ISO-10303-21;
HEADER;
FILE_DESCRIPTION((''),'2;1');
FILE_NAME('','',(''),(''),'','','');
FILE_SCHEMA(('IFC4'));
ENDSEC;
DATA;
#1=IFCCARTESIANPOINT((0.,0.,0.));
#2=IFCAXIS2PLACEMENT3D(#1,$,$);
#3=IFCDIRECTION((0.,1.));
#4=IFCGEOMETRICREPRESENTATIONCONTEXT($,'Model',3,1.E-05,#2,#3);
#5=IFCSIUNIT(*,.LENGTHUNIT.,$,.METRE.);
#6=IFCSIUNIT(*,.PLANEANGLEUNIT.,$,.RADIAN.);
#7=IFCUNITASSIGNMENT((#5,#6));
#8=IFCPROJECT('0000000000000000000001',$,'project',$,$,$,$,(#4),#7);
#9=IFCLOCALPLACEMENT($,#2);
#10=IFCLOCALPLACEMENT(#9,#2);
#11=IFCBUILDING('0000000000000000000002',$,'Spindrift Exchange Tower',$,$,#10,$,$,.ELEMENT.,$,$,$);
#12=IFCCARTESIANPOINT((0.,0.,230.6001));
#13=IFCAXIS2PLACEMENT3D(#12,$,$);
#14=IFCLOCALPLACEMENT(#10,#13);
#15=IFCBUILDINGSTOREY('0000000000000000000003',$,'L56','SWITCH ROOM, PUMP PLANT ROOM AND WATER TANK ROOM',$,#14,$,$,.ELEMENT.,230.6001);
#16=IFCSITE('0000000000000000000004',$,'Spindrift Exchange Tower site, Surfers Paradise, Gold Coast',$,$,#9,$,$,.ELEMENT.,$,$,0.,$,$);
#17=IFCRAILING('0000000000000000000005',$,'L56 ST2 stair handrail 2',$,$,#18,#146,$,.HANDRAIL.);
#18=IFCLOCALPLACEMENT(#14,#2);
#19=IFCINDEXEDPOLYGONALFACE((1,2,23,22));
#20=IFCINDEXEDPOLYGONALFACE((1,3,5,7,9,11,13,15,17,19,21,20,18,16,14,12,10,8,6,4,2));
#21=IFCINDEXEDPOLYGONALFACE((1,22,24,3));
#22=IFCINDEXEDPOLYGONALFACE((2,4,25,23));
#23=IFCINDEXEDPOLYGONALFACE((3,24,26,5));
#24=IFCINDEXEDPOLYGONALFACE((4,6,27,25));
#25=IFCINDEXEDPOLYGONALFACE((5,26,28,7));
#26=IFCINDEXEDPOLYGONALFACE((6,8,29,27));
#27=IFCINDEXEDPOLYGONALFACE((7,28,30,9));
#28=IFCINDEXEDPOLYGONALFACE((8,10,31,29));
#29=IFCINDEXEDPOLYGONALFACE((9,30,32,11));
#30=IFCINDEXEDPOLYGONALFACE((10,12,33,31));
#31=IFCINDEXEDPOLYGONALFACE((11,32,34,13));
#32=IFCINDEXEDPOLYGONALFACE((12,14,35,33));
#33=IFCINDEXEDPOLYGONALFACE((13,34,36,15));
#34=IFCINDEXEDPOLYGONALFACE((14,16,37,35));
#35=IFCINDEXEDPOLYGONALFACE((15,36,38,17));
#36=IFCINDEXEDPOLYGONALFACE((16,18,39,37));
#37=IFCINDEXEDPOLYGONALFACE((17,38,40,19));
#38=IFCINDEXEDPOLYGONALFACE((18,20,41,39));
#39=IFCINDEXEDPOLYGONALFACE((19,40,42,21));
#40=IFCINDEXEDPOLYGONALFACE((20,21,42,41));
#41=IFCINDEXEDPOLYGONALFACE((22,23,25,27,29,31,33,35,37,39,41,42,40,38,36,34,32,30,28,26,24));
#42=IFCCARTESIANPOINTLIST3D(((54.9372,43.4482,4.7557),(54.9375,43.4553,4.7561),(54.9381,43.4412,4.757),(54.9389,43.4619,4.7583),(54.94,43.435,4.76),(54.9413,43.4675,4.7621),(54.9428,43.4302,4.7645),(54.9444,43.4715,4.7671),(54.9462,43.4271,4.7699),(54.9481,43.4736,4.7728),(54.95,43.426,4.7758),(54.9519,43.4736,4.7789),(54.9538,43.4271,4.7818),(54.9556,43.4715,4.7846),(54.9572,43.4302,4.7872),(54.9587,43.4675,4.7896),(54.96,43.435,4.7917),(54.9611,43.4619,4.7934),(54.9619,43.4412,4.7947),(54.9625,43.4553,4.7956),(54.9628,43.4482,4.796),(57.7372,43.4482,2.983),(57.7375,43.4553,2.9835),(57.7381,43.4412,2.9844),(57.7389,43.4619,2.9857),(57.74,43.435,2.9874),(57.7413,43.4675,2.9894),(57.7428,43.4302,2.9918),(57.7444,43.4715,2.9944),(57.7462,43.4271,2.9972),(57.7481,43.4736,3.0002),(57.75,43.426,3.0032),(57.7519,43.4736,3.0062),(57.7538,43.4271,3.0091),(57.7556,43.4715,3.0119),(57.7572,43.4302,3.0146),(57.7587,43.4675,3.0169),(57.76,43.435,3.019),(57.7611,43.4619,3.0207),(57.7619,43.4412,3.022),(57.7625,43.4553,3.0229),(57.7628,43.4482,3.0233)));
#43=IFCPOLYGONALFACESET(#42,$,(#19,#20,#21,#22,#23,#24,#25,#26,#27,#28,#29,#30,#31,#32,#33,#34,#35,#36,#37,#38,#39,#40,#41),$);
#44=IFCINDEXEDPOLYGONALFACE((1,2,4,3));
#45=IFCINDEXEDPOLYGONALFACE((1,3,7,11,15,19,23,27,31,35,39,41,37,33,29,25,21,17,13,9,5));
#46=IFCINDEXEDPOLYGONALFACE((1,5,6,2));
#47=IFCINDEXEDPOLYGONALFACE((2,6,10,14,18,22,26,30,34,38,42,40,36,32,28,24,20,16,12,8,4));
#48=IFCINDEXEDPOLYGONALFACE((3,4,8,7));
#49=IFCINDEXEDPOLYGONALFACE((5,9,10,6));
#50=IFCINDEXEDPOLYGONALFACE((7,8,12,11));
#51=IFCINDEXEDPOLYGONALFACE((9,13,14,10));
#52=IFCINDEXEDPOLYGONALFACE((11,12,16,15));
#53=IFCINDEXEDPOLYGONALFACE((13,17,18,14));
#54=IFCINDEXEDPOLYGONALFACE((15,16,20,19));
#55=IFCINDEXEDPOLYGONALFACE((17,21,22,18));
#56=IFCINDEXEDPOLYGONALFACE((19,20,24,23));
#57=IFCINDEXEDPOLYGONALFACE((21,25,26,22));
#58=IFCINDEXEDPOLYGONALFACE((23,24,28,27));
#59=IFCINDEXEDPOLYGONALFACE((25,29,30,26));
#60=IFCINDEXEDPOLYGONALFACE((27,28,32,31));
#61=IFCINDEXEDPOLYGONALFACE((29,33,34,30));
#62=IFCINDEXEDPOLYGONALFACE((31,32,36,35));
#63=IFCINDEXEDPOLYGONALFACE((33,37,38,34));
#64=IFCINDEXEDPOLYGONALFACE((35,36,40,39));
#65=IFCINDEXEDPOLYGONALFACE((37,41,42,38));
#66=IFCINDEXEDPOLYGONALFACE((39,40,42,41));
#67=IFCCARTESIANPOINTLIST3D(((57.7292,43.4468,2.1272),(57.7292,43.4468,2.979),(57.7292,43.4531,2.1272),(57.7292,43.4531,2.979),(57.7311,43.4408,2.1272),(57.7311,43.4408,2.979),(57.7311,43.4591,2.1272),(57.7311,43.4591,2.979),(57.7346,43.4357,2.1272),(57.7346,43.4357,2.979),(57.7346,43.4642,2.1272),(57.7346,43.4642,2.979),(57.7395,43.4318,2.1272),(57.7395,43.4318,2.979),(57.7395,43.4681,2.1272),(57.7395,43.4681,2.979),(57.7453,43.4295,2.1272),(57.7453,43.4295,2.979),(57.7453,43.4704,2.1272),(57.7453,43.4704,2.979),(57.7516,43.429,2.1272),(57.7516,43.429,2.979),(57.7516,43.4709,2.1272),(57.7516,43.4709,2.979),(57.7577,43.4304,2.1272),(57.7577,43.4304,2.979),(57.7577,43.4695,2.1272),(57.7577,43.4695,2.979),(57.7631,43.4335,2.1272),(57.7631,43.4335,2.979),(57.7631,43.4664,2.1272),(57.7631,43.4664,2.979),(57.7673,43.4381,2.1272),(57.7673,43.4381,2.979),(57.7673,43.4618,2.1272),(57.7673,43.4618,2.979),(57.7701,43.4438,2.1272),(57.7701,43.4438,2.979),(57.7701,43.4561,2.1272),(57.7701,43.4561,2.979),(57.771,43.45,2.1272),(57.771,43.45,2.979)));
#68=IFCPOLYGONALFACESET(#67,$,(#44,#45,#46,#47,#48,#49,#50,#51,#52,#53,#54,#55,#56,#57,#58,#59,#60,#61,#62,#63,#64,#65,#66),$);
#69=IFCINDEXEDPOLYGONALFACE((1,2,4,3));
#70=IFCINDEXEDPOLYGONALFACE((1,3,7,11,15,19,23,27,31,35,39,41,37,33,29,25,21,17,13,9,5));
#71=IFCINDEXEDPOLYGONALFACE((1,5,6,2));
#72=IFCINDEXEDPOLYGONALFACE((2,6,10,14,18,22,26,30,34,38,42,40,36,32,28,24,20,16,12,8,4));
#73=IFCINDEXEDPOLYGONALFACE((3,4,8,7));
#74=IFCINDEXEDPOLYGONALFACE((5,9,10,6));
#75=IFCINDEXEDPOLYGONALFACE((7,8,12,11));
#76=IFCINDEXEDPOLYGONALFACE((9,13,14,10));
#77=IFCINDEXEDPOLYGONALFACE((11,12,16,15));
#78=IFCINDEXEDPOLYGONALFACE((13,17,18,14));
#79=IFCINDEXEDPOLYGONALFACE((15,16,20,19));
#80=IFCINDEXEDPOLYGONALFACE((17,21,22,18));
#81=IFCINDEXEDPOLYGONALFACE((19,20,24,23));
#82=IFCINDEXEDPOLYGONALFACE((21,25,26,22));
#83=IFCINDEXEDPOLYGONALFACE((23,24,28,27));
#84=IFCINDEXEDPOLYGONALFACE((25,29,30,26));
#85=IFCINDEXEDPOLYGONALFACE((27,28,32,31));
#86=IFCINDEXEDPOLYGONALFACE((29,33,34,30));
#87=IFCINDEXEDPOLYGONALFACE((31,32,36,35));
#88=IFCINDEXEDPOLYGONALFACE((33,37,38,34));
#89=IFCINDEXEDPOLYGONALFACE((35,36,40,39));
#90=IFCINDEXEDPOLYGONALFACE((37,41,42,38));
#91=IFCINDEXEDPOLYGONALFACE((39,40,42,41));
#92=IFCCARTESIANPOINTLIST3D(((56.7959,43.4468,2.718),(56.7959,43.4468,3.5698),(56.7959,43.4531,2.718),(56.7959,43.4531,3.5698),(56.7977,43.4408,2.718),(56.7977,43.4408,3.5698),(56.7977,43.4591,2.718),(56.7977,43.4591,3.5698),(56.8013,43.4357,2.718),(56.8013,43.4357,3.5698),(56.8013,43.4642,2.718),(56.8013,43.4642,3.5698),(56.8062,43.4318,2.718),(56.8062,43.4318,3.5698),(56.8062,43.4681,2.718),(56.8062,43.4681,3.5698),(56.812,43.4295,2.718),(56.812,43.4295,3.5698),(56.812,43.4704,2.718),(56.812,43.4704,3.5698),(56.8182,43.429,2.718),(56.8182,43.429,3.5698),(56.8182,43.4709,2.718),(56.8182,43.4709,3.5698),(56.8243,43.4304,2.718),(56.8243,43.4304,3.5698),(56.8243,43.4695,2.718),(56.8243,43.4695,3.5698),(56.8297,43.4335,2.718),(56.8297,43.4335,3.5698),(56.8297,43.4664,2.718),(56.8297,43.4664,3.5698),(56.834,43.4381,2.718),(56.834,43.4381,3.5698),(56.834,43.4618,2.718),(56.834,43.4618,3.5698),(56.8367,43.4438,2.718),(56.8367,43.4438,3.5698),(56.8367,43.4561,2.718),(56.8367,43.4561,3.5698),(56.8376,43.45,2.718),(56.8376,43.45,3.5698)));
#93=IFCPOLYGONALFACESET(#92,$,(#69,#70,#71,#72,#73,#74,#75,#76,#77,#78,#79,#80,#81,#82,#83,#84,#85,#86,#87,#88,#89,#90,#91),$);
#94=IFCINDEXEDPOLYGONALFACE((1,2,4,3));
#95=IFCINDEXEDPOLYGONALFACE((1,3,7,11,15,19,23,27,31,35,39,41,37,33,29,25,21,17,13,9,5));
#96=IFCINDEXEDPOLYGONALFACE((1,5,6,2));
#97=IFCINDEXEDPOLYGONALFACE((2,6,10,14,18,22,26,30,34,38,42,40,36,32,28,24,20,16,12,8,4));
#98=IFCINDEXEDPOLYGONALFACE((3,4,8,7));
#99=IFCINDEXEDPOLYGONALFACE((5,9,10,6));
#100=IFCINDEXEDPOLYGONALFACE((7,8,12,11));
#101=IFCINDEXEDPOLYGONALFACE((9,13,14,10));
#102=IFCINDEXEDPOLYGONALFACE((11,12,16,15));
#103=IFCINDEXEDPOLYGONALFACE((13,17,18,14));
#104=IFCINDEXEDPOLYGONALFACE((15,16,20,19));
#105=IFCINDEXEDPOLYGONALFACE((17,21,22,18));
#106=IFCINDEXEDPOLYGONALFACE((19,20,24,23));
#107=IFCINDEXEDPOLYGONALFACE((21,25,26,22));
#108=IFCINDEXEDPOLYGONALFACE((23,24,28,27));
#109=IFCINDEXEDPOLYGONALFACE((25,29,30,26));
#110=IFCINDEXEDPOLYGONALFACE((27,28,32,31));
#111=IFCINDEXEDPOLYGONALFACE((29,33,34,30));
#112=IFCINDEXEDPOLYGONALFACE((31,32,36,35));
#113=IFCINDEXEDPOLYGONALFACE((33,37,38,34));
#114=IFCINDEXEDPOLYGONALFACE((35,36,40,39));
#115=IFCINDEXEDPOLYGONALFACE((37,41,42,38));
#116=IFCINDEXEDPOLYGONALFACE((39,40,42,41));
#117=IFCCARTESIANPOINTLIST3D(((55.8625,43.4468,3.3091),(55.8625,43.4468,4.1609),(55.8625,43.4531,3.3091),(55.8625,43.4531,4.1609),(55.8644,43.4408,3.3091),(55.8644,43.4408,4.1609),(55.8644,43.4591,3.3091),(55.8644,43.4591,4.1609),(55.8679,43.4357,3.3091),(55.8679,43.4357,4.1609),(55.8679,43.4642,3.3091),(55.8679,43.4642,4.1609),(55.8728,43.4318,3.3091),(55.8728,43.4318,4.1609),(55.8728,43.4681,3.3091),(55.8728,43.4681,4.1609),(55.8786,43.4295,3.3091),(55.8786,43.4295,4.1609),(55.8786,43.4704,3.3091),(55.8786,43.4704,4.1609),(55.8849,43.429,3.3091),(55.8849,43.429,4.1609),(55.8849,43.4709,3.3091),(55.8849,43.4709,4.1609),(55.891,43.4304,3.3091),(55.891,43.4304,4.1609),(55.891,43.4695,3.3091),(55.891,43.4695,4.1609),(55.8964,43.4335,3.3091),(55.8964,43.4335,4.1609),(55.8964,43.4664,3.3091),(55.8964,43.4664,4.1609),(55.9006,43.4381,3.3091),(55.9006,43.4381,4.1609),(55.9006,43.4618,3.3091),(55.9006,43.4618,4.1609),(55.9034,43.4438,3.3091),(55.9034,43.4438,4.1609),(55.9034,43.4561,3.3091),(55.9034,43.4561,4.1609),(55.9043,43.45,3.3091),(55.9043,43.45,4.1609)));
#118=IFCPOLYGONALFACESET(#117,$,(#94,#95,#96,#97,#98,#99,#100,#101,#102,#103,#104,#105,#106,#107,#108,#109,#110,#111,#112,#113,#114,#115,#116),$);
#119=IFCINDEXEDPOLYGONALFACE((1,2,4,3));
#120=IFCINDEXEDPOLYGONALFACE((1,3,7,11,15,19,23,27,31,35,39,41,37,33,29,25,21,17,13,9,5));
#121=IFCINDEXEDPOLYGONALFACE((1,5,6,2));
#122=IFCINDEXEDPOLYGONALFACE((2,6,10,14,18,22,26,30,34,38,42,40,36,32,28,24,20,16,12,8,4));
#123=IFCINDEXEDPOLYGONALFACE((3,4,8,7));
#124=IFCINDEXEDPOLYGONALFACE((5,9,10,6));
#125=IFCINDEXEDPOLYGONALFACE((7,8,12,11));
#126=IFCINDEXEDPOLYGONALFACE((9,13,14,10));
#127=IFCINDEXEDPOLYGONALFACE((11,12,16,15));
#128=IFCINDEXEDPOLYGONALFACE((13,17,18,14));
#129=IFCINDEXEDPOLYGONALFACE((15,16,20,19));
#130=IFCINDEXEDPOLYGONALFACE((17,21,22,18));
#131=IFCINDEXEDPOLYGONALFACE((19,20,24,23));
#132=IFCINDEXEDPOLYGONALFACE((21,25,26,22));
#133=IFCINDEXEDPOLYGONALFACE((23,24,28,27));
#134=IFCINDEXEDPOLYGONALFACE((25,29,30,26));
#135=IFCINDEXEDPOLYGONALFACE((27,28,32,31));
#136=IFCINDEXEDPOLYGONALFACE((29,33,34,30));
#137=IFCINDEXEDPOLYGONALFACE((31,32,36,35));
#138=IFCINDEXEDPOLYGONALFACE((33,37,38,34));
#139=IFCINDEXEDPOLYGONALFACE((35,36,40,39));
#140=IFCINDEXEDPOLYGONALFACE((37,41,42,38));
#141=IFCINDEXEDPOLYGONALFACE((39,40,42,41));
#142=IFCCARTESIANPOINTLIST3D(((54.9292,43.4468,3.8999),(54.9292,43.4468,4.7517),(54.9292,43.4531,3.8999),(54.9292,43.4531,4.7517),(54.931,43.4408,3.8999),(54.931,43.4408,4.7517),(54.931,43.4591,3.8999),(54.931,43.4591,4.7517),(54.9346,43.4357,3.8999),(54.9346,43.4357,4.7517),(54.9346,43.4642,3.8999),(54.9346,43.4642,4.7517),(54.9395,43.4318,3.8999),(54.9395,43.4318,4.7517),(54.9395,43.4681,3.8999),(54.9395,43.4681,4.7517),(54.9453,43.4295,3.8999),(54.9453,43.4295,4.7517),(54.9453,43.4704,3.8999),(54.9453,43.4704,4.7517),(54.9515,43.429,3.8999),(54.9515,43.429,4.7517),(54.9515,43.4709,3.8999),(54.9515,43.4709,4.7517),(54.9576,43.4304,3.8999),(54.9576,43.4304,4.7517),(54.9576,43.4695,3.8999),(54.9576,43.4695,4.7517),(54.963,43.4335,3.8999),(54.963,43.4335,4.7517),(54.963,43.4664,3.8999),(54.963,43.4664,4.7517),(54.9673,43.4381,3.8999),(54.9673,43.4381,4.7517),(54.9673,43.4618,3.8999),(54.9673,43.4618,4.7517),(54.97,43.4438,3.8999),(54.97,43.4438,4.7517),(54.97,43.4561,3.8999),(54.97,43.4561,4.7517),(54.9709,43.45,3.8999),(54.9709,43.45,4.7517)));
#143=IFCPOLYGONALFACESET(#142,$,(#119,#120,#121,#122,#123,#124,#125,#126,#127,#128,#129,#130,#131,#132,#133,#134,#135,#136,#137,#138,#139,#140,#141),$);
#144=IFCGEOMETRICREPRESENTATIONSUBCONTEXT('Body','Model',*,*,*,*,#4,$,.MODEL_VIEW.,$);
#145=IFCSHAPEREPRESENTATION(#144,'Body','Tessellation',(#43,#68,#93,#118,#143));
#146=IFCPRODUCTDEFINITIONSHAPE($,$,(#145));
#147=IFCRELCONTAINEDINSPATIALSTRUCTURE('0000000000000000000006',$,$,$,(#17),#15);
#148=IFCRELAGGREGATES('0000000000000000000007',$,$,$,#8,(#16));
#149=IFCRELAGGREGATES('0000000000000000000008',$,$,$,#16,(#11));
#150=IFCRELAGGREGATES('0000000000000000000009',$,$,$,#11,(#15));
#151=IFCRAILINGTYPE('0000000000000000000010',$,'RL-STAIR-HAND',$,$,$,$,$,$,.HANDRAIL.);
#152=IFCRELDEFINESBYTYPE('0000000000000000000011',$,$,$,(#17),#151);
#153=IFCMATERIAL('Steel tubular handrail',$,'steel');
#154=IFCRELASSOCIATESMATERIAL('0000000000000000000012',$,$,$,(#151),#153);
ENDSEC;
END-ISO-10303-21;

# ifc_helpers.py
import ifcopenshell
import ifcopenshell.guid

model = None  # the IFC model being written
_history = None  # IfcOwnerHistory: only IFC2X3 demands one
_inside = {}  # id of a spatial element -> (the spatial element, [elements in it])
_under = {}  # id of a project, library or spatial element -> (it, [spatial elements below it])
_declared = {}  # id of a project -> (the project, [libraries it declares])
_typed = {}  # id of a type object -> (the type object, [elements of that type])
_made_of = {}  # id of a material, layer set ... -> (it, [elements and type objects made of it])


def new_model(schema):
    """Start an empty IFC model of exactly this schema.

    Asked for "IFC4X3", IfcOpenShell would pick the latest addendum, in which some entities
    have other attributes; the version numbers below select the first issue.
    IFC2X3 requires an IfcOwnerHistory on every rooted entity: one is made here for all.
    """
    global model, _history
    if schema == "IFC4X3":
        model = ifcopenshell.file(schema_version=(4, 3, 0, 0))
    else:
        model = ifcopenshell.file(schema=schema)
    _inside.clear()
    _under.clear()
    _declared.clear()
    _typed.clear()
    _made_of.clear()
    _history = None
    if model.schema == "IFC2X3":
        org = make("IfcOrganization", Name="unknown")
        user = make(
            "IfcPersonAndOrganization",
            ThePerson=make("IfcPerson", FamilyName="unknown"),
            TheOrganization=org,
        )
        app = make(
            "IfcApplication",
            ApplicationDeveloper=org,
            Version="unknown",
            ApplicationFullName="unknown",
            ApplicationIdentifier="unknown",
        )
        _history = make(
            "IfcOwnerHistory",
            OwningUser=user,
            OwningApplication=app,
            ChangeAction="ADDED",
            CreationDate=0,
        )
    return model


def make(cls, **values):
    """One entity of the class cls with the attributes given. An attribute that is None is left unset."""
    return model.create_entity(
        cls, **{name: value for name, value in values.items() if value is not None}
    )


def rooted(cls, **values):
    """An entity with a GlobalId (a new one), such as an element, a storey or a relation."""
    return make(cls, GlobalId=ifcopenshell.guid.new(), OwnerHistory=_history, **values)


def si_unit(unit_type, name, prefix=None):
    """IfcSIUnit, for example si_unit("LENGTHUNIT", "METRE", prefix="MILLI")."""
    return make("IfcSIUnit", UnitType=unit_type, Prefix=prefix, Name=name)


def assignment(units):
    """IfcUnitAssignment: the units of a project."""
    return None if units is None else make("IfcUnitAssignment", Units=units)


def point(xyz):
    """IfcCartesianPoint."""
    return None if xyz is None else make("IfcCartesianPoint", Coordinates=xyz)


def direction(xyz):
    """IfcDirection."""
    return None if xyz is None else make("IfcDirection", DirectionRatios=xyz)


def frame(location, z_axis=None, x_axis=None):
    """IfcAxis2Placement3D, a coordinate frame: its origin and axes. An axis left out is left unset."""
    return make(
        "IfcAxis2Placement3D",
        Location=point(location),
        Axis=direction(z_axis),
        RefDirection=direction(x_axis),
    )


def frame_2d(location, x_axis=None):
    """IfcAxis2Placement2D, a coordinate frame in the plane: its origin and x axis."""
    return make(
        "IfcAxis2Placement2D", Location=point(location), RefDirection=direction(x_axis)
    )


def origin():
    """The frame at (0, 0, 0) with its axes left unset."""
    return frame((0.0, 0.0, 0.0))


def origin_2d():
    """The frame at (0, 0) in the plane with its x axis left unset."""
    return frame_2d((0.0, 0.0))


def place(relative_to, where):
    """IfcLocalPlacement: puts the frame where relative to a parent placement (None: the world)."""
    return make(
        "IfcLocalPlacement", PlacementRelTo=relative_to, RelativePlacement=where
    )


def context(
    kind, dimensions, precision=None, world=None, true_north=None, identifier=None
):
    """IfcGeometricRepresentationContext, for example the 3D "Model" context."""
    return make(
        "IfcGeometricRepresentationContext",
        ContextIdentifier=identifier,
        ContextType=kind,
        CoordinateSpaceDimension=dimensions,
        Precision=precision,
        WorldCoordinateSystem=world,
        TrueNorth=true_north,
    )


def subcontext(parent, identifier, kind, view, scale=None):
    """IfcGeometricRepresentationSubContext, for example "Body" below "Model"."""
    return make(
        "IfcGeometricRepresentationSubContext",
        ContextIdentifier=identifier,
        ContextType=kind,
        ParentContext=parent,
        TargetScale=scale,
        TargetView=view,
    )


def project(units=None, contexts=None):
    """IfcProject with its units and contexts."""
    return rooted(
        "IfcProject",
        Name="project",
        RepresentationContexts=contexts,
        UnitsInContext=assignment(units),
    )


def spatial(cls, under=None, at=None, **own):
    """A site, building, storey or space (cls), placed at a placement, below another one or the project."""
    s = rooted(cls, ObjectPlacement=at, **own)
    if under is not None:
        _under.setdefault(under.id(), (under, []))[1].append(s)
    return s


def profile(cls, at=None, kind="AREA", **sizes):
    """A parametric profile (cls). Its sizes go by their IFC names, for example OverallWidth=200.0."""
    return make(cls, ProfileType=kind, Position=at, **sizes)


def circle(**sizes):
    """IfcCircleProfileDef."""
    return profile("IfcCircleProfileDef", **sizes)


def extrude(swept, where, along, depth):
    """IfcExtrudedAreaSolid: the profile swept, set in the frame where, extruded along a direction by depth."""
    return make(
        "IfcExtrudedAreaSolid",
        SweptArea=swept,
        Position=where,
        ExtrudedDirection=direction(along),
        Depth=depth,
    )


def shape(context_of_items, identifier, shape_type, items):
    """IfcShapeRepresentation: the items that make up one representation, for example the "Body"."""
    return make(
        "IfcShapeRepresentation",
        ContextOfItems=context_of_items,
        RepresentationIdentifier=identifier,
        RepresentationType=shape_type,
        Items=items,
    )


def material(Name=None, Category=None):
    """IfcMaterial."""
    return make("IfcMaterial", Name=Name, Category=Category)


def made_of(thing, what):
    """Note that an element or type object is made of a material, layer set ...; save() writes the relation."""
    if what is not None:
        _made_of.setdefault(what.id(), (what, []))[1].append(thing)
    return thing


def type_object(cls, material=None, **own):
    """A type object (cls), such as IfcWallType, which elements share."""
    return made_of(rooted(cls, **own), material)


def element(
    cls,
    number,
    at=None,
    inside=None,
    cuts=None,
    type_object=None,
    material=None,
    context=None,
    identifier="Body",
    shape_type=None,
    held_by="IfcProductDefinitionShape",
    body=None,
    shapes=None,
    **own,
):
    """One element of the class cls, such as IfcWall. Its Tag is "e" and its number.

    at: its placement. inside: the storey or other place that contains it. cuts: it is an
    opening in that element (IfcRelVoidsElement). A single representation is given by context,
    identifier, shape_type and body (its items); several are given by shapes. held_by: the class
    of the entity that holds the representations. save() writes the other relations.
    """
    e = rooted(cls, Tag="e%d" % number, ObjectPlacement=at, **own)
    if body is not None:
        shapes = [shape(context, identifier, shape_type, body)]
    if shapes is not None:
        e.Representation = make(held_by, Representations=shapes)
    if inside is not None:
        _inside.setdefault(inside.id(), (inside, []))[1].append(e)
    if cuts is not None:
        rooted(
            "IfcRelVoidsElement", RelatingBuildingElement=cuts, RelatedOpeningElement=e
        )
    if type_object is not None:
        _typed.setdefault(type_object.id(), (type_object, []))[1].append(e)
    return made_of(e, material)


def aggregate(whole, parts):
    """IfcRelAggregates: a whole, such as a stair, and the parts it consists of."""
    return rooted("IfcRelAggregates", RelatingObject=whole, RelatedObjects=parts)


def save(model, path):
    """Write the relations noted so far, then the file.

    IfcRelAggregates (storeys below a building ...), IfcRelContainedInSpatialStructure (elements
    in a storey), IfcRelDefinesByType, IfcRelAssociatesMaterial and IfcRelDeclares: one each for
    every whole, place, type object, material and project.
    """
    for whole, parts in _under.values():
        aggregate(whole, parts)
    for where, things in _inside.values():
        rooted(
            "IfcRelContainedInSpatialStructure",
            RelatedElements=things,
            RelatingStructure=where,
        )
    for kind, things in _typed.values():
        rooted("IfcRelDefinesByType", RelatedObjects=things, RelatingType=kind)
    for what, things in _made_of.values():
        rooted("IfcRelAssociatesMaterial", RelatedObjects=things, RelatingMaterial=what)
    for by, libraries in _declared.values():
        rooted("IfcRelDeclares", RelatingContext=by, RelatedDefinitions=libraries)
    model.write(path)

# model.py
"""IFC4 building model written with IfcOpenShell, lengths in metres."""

from ifc_helpers import new_model, si_unit, direction, frame, origin, origin_2d, place, context, subcontext, project, spatial, circle, extrude, material, type_object, element, save


model = new_model("IFC4")

# Units and contexts
model_context = context("Model", 3, precision=1e-05, world=origin(), true_north=direction((0.0, 1.0)))
body_context = subcontext(model_context, "Body", "Model", "MODEL_VIEW")
ifc_project = project(units=[si_unit("LENGTHUNIT", "METRE"), si_unit("PLANEANGLEUNIT", "RADIAN")], contexts=[model_context])

# Site, building, storey
site_placement = place(None, origin())
site = spatial("IfcSite", under=ifc_project, at=site_placement, Name="Spindrift Exchange Tower site, Surfers Paradise, Gold Coast", CompositionType="ELEMENT", RefElevation=0.0)
building_placement = place(site_placement, origin())
building = spatial("IfcBuilding", under=site, at=building_placement, Name="Spindrift Exchange Tower", CompositionType="ELEMENT")
storey_placement = place(building_placement, frame((0.0, 0.0, 230.6001)))
storey = spatial("IfcBuildingStorey", under=building, at=storey_placement, Name="L56", Description="SWITCH ROOM, PUMP PLANT ROOM AND WATER TANK ROOM", CompositionType="ELEMENT", Elevation=230.6001)

# Railing
ifc_material_1 = material(Name="Steel tubular handrail", Category="steel")
railing_type_1 = type_object("IfcRailingType", Name="RL-STAIR-HAND", PredefinedType="HANDRAIL", material=ifc_material_1)
railing_1_placement = place(storey_placement, frame((57.75, 43.45, 2.1272)))
element("IfcRailing", 1, at=railing_1_placement, inside=storey, type_object=railing_type_1, Name="L56 ST2 stair handrail 2", PredefinedType="HANDRAIL", context=body_context, shape_type="SweptSolid", body=[
    extrude(circle(Radius=0.0239, at=origin_2d()), frame((0.0, 0.0, 0.876), z_axis=(-0.844909, 0.0, 0.53491), x_axis=(0.0, -1.0, 0.0)), (0.0, 0.0, 1.0), 3.314),
    extrude(circle(Radius=0.021, at=origin_2d()), origin(), (0.0, 0.0, 1.0), 0.8518),
    extrude(circle(Radius=0.021, at=origin_2d()), frame((-0.9333, 0.0, 0.5908)), (0.0, 0.0, 1.0), 0.8518),
    extrude(circle(Radius=0.021, at=origin_2d()), frame((-1.8667, 0.0, 1.1819)), (0.0, 0.0, 1.0), 0.8518),
    extrude(circle(Radius=0.021, at=origin_2d()), frame((-2.8, 0.0, 1.7727)), (0.0, 0.0, 1.0), 0.8518),
])

save(model, "model.ifc")
